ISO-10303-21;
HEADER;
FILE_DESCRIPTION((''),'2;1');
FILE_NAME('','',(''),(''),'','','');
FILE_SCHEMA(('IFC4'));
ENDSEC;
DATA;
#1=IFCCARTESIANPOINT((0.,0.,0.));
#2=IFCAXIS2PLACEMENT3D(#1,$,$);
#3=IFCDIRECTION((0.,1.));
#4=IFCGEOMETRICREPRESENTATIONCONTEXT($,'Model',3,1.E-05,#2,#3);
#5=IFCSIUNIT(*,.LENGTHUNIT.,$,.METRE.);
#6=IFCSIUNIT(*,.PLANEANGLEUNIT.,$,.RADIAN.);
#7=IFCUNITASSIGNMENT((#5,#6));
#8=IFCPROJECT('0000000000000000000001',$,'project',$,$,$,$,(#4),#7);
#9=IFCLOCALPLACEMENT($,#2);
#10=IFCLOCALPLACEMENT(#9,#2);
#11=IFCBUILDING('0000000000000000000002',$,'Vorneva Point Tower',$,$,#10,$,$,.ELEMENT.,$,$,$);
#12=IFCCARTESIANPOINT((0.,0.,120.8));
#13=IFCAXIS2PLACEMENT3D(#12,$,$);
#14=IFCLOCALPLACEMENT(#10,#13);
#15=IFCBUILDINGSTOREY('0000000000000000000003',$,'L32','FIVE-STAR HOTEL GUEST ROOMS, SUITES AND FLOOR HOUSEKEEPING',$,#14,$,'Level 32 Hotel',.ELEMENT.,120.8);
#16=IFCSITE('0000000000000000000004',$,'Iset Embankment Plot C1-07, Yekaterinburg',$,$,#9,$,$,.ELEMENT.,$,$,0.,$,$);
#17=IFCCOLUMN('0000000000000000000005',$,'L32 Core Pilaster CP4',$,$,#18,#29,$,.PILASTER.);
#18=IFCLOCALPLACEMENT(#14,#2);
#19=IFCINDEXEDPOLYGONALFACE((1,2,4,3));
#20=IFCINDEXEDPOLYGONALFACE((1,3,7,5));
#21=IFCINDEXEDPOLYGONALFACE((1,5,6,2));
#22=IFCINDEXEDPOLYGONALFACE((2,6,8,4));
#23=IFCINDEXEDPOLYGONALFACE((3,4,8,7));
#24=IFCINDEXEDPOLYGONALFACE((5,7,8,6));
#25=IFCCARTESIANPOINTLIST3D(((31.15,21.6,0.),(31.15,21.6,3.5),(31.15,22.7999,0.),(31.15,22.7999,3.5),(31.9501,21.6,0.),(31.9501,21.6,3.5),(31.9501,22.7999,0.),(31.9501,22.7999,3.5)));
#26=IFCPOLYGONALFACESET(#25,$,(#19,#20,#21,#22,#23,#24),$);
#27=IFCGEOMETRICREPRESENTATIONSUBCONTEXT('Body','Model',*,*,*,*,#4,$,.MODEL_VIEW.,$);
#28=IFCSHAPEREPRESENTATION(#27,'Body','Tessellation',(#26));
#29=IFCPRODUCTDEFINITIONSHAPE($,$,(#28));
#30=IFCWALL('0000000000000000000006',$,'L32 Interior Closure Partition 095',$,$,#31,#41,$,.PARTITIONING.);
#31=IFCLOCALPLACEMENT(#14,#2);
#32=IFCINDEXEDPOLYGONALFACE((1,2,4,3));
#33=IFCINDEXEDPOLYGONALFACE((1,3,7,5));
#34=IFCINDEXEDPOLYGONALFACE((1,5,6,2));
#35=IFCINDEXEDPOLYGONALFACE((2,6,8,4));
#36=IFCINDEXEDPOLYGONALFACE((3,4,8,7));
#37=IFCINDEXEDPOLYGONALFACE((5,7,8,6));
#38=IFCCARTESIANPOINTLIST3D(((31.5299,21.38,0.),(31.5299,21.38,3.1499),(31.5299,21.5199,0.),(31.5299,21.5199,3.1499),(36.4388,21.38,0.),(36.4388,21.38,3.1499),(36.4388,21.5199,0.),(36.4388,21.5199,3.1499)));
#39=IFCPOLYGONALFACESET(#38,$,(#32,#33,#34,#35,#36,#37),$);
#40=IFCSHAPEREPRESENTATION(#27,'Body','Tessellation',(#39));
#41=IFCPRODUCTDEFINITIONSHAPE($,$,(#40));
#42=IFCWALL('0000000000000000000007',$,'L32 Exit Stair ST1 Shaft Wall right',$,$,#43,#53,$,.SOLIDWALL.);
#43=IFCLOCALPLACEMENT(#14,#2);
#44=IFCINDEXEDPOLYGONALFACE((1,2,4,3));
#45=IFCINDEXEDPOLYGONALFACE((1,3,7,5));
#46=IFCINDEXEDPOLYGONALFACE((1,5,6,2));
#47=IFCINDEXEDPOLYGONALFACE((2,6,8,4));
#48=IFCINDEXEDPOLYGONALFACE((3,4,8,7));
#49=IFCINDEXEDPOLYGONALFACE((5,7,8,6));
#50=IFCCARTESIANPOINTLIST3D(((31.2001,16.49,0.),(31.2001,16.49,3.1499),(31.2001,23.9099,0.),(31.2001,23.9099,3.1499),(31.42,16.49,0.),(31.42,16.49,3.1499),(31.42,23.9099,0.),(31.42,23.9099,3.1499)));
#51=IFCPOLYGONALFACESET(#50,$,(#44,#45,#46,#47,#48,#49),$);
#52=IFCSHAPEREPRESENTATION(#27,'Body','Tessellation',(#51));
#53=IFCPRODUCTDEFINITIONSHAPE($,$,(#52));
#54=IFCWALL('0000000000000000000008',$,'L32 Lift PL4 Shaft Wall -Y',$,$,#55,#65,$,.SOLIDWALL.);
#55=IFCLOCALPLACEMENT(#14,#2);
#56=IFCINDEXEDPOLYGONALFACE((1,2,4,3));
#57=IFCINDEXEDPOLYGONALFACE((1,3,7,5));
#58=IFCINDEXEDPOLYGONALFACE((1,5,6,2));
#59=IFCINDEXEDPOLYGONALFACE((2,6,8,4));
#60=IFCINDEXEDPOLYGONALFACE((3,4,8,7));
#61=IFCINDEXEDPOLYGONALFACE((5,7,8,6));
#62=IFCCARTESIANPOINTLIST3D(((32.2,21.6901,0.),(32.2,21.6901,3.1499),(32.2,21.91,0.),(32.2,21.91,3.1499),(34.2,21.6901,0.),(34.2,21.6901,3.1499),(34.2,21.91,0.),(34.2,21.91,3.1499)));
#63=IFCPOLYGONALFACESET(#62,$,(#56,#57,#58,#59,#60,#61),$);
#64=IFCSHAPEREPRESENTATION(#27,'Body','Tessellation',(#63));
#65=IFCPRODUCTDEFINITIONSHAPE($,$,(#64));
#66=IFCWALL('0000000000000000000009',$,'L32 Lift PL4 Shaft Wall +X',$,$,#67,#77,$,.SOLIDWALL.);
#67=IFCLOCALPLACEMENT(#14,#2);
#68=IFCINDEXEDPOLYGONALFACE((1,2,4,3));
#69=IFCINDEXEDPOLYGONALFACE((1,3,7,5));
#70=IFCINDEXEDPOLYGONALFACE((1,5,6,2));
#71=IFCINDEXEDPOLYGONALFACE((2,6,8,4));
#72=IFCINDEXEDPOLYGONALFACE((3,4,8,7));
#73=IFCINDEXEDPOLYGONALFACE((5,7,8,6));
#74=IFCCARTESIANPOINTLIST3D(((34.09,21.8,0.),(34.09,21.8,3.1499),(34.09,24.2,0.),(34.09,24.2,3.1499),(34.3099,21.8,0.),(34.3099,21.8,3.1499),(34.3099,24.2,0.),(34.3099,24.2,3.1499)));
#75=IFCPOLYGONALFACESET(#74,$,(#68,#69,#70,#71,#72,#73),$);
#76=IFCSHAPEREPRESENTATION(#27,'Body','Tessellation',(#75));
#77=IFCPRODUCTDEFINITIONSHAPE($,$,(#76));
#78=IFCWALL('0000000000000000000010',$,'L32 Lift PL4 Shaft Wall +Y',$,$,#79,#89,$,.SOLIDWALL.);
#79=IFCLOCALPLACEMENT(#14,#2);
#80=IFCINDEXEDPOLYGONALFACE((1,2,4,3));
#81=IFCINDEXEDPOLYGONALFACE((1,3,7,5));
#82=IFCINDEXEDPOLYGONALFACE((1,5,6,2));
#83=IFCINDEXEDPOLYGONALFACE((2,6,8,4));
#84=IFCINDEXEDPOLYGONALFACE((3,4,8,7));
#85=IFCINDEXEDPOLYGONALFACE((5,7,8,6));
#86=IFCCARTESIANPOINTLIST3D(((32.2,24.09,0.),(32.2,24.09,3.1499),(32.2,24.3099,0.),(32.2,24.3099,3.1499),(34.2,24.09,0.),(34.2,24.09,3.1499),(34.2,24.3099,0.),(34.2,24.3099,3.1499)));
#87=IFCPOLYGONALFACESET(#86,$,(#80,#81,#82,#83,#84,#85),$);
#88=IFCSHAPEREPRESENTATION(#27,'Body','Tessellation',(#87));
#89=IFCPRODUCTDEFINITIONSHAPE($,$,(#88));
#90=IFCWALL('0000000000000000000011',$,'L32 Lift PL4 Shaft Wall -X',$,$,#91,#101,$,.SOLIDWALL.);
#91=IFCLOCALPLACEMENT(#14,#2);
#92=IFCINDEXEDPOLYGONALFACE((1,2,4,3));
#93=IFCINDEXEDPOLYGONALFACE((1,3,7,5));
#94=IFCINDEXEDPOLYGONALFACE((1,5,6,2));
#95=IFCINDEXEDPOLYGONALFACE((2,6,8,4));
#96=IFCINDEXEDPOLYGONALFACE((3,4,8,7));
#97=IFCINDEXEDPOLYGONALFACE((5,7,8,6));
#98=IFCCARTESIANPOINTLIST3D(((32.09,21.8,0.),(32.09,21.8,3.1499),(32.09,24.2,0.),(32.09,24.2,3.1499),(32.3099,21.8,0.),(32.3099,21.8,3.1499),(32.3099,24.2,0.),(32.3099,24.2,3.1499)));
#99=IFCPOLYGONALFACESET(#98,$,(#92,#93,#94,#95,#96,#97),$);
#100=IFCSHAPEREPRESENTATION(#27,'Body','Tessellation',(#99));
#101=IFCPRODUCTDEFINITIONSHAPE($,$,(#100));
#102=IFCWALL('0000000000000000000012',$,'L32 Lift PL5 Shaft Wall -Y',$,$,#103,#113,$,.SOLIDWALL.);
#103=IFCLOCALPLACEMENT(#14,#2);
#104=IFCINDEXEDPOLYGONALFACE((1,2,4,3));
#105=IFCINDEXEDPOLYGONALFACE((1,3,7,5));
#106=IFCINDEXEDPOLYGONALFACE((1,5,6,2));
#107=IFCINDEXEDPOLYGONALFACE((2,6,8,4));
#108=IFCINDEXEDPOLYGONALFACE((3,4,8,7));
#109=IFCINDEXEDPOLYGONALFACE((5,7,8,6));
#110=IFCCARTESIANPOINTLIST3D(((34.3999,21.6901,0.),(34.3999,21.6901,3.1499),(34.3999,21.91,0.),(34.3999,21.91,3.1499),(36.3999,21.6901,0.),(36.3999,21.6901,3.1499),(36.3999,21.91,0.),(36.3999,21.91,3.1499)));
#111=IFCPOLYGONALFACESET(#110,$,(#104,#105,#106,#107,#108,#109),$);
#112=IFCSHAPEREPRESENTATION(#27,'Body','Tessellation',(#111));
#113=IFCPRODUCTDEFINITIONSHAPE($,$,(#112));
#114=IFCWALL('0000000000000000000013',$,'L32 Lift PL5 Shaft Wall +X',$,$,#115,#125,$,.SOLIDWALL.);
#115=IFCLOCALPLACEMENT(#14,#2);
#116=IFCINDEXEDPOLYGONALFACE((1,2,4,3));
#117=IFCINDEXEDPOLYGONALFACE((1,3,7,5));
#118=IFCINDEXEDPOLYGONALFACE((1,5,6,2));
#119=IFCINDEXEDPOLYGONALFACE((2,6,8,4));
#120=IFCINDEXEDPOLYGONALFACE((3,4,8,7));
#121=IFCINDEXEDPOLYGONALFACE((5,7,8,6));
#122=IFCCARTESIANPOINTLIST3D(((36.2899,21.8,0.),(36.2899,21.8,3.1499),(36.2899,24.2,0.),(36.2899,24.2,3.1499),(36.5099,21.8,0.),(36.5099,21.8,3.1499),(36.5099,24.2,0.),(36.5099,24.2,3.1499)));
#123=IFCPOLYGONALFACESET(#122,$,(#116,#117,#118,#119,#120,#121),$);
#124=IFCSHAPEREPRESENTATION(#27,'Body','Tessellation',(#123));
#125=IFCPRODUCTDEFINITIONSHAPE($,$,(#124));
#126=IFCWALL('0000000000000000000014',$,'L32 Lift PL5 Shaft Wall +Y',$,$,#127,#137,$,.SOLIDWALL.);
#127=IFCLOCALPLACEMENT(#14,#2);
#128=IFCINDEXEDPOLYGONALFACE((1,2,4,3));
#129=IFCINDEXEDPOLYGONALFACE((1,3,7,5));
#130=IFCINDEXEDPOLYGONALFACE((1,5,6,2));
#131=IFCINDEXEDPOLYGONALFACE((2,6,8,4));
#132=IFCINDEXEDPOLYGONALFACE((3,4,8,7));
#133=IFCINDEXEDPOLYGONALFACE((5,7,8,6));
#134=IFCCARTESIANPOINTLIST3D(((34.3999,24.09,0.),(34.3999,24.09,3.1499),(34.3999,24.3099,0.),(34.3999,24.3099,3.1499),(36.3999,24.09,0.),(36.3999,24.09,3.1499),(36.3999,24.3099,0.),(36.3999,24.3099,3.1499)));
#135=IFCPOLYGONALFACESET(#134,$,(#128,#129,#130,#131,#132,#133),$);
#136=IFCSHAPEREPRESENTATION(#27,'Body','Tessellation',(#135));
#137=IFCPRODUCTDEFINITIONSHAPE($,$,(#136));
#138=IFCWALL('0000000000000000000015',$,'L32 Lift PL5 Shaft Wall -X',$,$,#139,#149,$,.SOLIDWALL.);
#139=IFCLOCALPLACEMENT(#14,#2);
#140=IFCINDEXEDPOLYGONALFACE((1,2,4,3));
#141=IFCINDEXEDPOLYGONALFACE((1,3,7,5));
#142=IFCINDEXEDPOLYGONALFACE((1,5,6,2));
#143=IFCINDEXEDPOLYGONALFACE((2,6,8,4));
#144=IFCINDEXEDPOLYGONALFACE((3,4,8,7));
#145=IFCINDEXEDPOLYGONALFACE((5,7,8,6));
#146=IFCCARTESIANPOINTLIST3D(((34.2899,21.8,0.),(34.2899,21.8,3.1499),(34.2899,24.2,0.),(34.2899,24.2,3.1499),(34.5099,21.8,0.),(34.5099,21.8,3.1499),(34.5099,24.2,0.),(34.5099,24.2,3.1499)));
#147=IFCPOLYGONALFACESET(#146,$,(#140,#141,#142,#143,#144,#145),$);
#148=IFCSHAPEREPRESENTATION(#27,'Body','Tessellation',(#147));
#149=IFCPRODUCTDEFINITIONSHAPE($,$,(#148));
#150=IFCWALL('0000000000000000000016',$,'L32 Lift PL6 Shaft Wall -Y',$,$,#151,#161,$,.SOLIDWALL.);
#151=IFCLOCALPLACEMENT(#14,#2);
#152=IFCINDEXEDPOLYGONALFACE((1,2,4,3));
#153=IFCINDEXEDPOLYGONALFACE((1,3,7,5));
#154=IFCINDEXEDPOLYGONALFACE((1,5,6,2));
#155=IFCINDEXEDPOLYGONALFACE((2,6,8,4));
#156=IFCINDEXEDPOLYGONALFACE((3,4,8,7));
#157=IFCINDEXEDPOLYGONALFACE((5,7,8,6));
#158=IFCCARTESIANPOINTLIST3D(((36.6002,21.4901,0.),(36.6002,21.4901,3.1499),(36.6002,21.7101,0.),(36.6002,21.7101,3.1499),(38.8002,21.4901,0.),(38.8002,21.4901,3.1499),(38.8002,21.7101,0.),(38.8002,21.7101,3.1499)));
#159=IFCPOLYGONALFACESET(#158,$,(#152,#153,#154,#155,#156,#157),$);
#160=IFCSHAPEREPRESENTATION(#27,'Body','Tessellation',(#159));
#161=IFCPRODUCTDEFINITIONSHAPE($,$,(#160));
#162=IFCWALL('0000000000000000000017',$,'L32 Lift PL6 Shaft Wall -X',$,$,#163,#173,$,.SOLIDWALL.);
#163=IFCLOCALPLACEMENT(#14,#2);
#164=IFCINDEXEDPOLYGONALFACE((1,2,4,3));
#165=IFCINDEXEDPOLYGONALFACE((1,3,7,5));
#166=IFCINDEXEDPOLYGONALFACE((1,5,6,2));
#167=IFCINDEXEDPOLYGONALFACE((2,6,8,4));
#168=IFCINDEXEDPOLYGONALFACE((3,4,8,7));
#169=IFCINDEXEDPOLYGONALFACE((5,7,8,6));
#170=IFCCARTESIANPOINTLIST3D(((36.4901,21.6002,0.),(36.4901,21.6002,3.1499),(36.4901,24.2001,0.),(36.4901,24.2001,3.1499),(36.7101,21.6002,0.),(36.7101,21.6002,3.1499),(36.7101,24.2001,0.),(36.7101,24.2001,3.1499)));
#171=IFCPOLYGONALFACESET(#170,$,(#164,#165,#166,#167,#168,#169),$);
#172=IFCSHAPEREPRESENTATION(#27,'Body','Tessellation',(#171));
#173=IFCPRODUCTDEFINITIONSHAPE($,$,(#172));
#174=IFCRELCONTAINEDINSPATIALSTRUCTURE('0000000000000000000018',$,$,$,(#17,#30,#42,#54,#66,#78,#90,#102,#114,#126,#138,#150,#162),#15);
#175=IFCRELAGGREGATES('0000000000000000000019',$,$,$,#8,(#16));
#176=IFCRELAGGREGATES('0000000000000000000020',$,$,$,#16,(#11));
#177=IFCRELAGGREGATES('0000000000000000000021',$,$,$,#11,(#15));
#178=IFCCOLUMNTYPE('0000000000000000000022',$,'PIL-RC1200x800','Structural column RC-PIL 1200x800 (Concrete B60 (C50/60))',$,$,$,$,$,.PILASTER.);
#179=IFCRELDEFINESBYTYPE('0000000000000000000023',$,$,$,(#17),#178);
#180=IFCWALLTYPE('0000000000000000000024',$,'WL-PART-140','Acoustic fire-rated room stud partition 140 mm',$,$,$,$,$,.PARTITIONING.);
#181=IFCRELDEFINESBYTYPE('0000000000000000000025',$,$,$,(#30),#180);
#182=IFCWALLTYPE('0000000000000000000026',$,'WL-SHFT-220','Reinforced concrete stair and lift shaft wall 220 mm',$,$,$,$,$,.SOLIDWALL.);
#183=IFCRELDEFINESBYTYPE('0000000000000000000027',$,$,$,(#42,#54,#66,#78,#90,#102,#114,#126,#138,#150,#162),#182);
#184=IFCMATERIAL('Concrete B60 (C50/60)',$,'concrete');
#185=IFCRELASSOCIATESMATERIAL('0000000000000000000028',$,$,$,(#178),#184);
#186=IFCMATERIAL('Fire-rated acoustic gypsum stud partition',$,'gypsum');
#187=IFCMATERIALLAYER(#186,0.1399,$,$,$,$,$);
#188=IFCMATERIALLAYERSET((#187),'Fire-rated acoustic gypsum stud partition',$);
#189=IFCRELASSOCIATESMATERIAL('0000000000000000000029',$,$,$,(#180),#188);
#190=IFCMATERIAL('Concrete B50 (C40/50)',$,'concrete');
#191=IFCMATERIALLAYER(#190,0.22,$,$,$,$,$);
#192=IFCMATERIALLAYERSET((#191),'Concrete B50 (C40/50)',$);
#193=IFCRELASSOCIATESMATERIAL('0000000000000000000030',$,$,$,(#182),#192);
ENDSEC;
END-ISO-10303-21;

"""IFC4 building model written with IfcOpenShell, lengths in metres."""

from ifc_helpers import new_model, si_unit, direction, frame, frame_2d, origin, origin_2d, place, context, subcontext, project, spatial, rectangle, extrude, material, layer, layer_set, material_profile, profile_set, type_object, element, save


model = new_model("IFC4")

# Units and contexts
model_context = context("Model", 3, precision=1e-05, world=origin(), true_north=direction((0.0, 1.0)))
body_context = subcontext(model_context, "Body", "Model", "MODEL_VIEW")
ifc_project = project(units=[si_unit("LENGTHUNIT", "METRE"), si_unit("PLANEANGLEUNIT", "RADIAN")], contexts=[model_context])

# Site, building, storey
site_placement = place(None, origin())
site = spatial("IfcSite", under=ifc_project, at=site_placement, Name="Iset Embankment Plot C1-07, Yekaterinburg", CompositionType="ELEMENT", RefElevation=0.0)
building_placement = place(site_placement, origin())
building = spatial("IfcBuilding", under=site, at=building_placement, Name="Vorneva Point Tower", CompositionType="ELEMENT")
storey_placement = place(building_placement, frame((0.0, 0.0, 120.8)))
storey = spatial("IfcBuildingStorey", under=building, at=storey_placement, Name="L32", Description="FIVE-STAR HOTEL GUEST ROOMS, SUITES AND FLOOR HOUSEKEEPING", LongName="Level 32 Hotel", CompositionType="ELEMENT", Elevation=120.8)

# Column
ifc_material_1 = material(Name="Concrete B60 (C50/60)", Category="concrete")
ifc_material_profile = material_profile(ifc_material_1, rectangle(XDim=0.8, YDim=1.2, at=origin_2d()), Name="RC-PIL 1200x800")
ifc_profile_set = profile_set([ifc_material_profile], Name="Concrete B60 (C50/60)")
column_type = type_object("IfcColumnType", Name="PIL-RC1200x800", Description="Structural column RC-PIL 1200x800 (Concrete B60 (C50/60))", PredefinedType="PILASTER", material=ifc_profile_set)
column_placement = place(storey_placement, frame((31.55, 22.2, 0.0), z_axis=(0.0, 0.0, 1.0), x_axis=(1.0, 0.0, 0.0)))
element("IfcColumn", 1, at=column_placement, inside=storey, type_object=column_type, Name="L32 Core Pilaster CP4", PredefinedType="PILASTER", context=body_context, shape_type="SweptSolid", body=[
    extrude(rectangle(XDim=0.8, YDim=1.2, at=origin_2d()), origin(), (0.0, 0.0, 1.0), 3.5),
])

# Wall
ifc_material_2 = material(Name="Fire-rated acoustic gypsum stud partition", Category="gypsum")
ifc_layer_1 = layer(ifc_material_2, 0.1399)
ifc_layer_set_1 = layer_set([ifc_layer_1], Name="Fire-rated acoustic gypsum stud partition")
wall_type_1 = type_object("IfcWallType", Name="WL-PART-140", Description="Acoustic fire-rated room stud partition 140 mm", PredefinedType="PARTITIONING", material=ifc_layer_set_1)
wall_1_placement = place(storey_placement, frame((36.439, 21.45, 0.0), z_axis=(0.0, 0.0, 1.0), x_axis=(-1.0, 0.0, 0.0)))
element("IfcWall", 2, at=wall_1_placement, inside=storey, type_object=wall_type_1, Name="L32 Interior Closure Partition 095", PredefinedType="PARTITIONING", context=body_context, shape_type="SweptSolid", body=[
    extrude(rectangle(XDim=4.9089, YDim=0.1399, at=frame_2d((2.4546, 0.0))), origin(), (0.0, 0.0, 1.0), 3.1499),
])

# Shared definitions
ifc_material_3 = material(Name="Concrete B50 (C40/50)", Category="concrete")
ifc_layer_2 = layer(ifc_material_3, 0.22)
ifc_layer_set_2 = layer_set([ifc_layer_2], Name="Concrete B50 (C40/50)")
wall_type_2 = type_object("IfcWallType", Name="WL-SHFT-220", Description="Reinforced concrete stair and lift shaft wall 220 mm", PredefinedType="SOLIDWALL", material=ifc_layer_set_2)

# Walls
wall_2_placement = place(storey_placement, frame((31.3101, 23.9099, 0.0), z_axis=(0.0, 0.0, 1.0), x_axis=(0.0, -1.0, 0.0)))
element("IfcWall", 3, at=wall_2_placement, inside=storey, type_object=wall_type_2, Name="L32 Exit Stair ST1 Shaft Wall right", PredefinedType="SOLIDWALL", context=body_context, shape_type="SweptSolid", body=[
    extrude(rectangle(XDim=7.4199, YDim=0.22, at=frame_2d((3.71, 0.0))), origin(), (0.0, 0.0, 1.0), 3.1499),
])
wall_3_placement = place(storey_placement, frame((32.2, 21.8, 0.0), z_axis=(0.0, 0.0, 1.0), x_axis=(1.0, 0.0, 0.0)))
element("IfcWall", 4, at=wall_3_placement, inside=storey, type_object=wall_type_2, Name="L32 Lift PL4 Shaft Wall -Y", PredefinedType="SOLIDWALL", context=body_context, shape_type="SweptSolid", body=[
    extrude(rectangle(XDim=2.0, YDim=0.22, at=frame_2d((1.0, 0.0))), origin(), (0.0, 0.0, 1.0), 3.1499),
])
wall_4_placement = place(storey_placement, frame((34.2, 21.8, 0.0), z_axis=(0.0, 0.0, 1.0), x_axis=(0.0, 1.0, 0.0)))
element("IfcWall", 5, at=wall_4_placement, inside=storey, type_object=wall_type_2, Name="L32 Lift PL4 Shaft Wall +X", PredefinedType="SOLIDWALL", context=body_context, shape_type="SweptSolid", body=[
    extrude(rectangle(XDim=2.3999, YDim=0.22, at=frame_2d((1.2, 0.0))), origin(), (0.0, 0.0, 1.0), 3.1499),
])
wall_5_placement = place(storey_placement, frame((34.2, 24.2, 0.0), z_axis=(0.0, 0.0, 1.0), x_axis=(-1.0, 0.0, 0.0)))
element("IfcWall", 6, at=wall_5_placement, inside=storey, type_object=wall_type_2, Name="L32 Lift PL4 Shaft Wall +Y", PredefinedType="SOLIDWALL", context=body_context, shape_type="SweptSolid", body=[
    extrude(rectangle(XDim=2.0, YDim=0.22, at=frame_2d((1.0, 0.0))), origin(), (0.0, 0.0, 1.0), 3.1499),
])
wall_6_placement = place(storey_placement, frame((32.2, 24.2, 0.0), z_axis=(0.0, 0.0, 1.0), x_axis=(0.0, -1.0, 0.0)))
element("IfcWall", 7, at=wall_6_placement, inside=storey, type_object=wall_type_2, Name="L32 Lift PL4 Shaft Wall -X", PredefinedType="SOLIDWALL", context=body_context, shape_type="SweptSolid", body=[
    extrude(rectangle(XDim=2.3999, YDim=0.22, at=frame_2d((1.2, 0.0))), origin(), (0.0, 0.0, 1.0), 3.1499),
])
wall_7_placement = place(storey_placement, frame((34.3999, 21.8, 0.0), z_axis=(0.0, 0.0, 1.0), x_axis=(1.0, 0.0, 0.0)))
element("IfcWall", 8, at=wall_7_placement, inside=storey, type_object=wall_type_2, Name="L32 Lift PL5 Shaft Wall -Y", PredefinedType="SOLIDWALL", context=body_context, shape_type="SweptSolid", body=[
    extrude(rectangle(XDim=2.0, YDim=0.22, at=frame_2d((1.0, 0.0))), origin(), (0.0, 0.0, 1.0), 3.1499),
])
wall_8_placement = place(storey_placement, frame((36.3999, 21.8, 0.0), z_axis=(0.0, 0.0, 1.0), x_axis=(0.0, 1.0, 0.0)))
element("IfcWall", 9, at=wall_8_placement, inside=storey, type_object=wall_type_2, Name="L32 Lift PL5 Shaft Wall +X", PredefinedType="SOLIDWALL", context=body_context, shape_type="SweptSolid", body=[
    extrude(rectangle(XDim=2.3999, YDim=0.22, at=frame_2d((1.2, 0.0))), origin(), (0.0, 0.0, 1.0), 3.1499),
])
wall_9_placement = place(storey_placement, frame((36.3999, 24.2, 0.0), z_axis=(0.0, 0.0, 1.0), x_axis=(-1.0, 0.0, 0.0)))
element("IfcWall", 10, at=wall_9_placement, inside=storey, type_object=wall_type_2, Name="L32 Lift PL5 Shaft Wall +Y", PredefinedType="SOLIDWALL", context=body_context, shape_type="SweptSolid", body=[
    extrude(rectangle(XDim=2.0, YDim=0.22, at=frame_2d((1.0, 0.0))), origin(), (0.0, 0.0, 1.0), 3.1499),
])
wall_10_placement = place(storey_placement, frame((34.3999, 24.2, 0.0), z_axis=(0.0, 0.0, 1.0), x_axis=(0.0, -1.0, 0.0)))
element("IfcWall", 11, at=wall_10_placement, inside=storey, type_object=wall_type_2, Name="L32 Lift PL5 Shaft Wall -X", PredefinedType="SOLIDWALL", context=body_context, shape_type="SweptSolid", body=[
    extrude(rectangle(XDim=2.3999, YDim=0.22, at=frame_2d((1.2, 0.0))), origin(), (0.0, 0.0, 1.0), 3.1499),
])
wall_11_placement = place(storey_placement, frame((36.6001, 21.6001, 0.0), z_axis=(0.0, 0.0, 1.0), x_axis=(1.0, 0.0, 0.0)))
element("IfcWall", 12, at=wall_11_placement, inside=storey, type_object=wall_type_2, Name="L32 Lift PL6 Shaft Wall -Y", PredefinedType="SOLIDWALL", context=body_context, shape_type="SweptSolid", body=[
    extrude(rectangle(XDim=2.2, YDim=0.22, at=frame_2d((1.1001, 0.0))), origin(), (0.0, 0.0, 1.0), 3.1499),
])
wall_12_placement = place(storey_placement, frame((36.6001, 24.2, 0.0), z_axis=(0.0, 0.0, 1.0), x_axis=(0.0, -1.0, 0.0)))
element("IfcWall", 13, at=wall_12_placement, inside=storey, type_object=wall_type_2, Name="L32 Lift PL6 Shaft Wall -X", PredefinedType="SOLIDWALL", context=body_context, shape_type="SweptSolid", body=[
    extrude(rectangle(XDim=2.5999, YDim=0.22, at=frame_2d((1.2998, 0.0))), origin(), (0.0, 0.0, 1.0), 3.1499),
])

save(model, "model.ifc")
